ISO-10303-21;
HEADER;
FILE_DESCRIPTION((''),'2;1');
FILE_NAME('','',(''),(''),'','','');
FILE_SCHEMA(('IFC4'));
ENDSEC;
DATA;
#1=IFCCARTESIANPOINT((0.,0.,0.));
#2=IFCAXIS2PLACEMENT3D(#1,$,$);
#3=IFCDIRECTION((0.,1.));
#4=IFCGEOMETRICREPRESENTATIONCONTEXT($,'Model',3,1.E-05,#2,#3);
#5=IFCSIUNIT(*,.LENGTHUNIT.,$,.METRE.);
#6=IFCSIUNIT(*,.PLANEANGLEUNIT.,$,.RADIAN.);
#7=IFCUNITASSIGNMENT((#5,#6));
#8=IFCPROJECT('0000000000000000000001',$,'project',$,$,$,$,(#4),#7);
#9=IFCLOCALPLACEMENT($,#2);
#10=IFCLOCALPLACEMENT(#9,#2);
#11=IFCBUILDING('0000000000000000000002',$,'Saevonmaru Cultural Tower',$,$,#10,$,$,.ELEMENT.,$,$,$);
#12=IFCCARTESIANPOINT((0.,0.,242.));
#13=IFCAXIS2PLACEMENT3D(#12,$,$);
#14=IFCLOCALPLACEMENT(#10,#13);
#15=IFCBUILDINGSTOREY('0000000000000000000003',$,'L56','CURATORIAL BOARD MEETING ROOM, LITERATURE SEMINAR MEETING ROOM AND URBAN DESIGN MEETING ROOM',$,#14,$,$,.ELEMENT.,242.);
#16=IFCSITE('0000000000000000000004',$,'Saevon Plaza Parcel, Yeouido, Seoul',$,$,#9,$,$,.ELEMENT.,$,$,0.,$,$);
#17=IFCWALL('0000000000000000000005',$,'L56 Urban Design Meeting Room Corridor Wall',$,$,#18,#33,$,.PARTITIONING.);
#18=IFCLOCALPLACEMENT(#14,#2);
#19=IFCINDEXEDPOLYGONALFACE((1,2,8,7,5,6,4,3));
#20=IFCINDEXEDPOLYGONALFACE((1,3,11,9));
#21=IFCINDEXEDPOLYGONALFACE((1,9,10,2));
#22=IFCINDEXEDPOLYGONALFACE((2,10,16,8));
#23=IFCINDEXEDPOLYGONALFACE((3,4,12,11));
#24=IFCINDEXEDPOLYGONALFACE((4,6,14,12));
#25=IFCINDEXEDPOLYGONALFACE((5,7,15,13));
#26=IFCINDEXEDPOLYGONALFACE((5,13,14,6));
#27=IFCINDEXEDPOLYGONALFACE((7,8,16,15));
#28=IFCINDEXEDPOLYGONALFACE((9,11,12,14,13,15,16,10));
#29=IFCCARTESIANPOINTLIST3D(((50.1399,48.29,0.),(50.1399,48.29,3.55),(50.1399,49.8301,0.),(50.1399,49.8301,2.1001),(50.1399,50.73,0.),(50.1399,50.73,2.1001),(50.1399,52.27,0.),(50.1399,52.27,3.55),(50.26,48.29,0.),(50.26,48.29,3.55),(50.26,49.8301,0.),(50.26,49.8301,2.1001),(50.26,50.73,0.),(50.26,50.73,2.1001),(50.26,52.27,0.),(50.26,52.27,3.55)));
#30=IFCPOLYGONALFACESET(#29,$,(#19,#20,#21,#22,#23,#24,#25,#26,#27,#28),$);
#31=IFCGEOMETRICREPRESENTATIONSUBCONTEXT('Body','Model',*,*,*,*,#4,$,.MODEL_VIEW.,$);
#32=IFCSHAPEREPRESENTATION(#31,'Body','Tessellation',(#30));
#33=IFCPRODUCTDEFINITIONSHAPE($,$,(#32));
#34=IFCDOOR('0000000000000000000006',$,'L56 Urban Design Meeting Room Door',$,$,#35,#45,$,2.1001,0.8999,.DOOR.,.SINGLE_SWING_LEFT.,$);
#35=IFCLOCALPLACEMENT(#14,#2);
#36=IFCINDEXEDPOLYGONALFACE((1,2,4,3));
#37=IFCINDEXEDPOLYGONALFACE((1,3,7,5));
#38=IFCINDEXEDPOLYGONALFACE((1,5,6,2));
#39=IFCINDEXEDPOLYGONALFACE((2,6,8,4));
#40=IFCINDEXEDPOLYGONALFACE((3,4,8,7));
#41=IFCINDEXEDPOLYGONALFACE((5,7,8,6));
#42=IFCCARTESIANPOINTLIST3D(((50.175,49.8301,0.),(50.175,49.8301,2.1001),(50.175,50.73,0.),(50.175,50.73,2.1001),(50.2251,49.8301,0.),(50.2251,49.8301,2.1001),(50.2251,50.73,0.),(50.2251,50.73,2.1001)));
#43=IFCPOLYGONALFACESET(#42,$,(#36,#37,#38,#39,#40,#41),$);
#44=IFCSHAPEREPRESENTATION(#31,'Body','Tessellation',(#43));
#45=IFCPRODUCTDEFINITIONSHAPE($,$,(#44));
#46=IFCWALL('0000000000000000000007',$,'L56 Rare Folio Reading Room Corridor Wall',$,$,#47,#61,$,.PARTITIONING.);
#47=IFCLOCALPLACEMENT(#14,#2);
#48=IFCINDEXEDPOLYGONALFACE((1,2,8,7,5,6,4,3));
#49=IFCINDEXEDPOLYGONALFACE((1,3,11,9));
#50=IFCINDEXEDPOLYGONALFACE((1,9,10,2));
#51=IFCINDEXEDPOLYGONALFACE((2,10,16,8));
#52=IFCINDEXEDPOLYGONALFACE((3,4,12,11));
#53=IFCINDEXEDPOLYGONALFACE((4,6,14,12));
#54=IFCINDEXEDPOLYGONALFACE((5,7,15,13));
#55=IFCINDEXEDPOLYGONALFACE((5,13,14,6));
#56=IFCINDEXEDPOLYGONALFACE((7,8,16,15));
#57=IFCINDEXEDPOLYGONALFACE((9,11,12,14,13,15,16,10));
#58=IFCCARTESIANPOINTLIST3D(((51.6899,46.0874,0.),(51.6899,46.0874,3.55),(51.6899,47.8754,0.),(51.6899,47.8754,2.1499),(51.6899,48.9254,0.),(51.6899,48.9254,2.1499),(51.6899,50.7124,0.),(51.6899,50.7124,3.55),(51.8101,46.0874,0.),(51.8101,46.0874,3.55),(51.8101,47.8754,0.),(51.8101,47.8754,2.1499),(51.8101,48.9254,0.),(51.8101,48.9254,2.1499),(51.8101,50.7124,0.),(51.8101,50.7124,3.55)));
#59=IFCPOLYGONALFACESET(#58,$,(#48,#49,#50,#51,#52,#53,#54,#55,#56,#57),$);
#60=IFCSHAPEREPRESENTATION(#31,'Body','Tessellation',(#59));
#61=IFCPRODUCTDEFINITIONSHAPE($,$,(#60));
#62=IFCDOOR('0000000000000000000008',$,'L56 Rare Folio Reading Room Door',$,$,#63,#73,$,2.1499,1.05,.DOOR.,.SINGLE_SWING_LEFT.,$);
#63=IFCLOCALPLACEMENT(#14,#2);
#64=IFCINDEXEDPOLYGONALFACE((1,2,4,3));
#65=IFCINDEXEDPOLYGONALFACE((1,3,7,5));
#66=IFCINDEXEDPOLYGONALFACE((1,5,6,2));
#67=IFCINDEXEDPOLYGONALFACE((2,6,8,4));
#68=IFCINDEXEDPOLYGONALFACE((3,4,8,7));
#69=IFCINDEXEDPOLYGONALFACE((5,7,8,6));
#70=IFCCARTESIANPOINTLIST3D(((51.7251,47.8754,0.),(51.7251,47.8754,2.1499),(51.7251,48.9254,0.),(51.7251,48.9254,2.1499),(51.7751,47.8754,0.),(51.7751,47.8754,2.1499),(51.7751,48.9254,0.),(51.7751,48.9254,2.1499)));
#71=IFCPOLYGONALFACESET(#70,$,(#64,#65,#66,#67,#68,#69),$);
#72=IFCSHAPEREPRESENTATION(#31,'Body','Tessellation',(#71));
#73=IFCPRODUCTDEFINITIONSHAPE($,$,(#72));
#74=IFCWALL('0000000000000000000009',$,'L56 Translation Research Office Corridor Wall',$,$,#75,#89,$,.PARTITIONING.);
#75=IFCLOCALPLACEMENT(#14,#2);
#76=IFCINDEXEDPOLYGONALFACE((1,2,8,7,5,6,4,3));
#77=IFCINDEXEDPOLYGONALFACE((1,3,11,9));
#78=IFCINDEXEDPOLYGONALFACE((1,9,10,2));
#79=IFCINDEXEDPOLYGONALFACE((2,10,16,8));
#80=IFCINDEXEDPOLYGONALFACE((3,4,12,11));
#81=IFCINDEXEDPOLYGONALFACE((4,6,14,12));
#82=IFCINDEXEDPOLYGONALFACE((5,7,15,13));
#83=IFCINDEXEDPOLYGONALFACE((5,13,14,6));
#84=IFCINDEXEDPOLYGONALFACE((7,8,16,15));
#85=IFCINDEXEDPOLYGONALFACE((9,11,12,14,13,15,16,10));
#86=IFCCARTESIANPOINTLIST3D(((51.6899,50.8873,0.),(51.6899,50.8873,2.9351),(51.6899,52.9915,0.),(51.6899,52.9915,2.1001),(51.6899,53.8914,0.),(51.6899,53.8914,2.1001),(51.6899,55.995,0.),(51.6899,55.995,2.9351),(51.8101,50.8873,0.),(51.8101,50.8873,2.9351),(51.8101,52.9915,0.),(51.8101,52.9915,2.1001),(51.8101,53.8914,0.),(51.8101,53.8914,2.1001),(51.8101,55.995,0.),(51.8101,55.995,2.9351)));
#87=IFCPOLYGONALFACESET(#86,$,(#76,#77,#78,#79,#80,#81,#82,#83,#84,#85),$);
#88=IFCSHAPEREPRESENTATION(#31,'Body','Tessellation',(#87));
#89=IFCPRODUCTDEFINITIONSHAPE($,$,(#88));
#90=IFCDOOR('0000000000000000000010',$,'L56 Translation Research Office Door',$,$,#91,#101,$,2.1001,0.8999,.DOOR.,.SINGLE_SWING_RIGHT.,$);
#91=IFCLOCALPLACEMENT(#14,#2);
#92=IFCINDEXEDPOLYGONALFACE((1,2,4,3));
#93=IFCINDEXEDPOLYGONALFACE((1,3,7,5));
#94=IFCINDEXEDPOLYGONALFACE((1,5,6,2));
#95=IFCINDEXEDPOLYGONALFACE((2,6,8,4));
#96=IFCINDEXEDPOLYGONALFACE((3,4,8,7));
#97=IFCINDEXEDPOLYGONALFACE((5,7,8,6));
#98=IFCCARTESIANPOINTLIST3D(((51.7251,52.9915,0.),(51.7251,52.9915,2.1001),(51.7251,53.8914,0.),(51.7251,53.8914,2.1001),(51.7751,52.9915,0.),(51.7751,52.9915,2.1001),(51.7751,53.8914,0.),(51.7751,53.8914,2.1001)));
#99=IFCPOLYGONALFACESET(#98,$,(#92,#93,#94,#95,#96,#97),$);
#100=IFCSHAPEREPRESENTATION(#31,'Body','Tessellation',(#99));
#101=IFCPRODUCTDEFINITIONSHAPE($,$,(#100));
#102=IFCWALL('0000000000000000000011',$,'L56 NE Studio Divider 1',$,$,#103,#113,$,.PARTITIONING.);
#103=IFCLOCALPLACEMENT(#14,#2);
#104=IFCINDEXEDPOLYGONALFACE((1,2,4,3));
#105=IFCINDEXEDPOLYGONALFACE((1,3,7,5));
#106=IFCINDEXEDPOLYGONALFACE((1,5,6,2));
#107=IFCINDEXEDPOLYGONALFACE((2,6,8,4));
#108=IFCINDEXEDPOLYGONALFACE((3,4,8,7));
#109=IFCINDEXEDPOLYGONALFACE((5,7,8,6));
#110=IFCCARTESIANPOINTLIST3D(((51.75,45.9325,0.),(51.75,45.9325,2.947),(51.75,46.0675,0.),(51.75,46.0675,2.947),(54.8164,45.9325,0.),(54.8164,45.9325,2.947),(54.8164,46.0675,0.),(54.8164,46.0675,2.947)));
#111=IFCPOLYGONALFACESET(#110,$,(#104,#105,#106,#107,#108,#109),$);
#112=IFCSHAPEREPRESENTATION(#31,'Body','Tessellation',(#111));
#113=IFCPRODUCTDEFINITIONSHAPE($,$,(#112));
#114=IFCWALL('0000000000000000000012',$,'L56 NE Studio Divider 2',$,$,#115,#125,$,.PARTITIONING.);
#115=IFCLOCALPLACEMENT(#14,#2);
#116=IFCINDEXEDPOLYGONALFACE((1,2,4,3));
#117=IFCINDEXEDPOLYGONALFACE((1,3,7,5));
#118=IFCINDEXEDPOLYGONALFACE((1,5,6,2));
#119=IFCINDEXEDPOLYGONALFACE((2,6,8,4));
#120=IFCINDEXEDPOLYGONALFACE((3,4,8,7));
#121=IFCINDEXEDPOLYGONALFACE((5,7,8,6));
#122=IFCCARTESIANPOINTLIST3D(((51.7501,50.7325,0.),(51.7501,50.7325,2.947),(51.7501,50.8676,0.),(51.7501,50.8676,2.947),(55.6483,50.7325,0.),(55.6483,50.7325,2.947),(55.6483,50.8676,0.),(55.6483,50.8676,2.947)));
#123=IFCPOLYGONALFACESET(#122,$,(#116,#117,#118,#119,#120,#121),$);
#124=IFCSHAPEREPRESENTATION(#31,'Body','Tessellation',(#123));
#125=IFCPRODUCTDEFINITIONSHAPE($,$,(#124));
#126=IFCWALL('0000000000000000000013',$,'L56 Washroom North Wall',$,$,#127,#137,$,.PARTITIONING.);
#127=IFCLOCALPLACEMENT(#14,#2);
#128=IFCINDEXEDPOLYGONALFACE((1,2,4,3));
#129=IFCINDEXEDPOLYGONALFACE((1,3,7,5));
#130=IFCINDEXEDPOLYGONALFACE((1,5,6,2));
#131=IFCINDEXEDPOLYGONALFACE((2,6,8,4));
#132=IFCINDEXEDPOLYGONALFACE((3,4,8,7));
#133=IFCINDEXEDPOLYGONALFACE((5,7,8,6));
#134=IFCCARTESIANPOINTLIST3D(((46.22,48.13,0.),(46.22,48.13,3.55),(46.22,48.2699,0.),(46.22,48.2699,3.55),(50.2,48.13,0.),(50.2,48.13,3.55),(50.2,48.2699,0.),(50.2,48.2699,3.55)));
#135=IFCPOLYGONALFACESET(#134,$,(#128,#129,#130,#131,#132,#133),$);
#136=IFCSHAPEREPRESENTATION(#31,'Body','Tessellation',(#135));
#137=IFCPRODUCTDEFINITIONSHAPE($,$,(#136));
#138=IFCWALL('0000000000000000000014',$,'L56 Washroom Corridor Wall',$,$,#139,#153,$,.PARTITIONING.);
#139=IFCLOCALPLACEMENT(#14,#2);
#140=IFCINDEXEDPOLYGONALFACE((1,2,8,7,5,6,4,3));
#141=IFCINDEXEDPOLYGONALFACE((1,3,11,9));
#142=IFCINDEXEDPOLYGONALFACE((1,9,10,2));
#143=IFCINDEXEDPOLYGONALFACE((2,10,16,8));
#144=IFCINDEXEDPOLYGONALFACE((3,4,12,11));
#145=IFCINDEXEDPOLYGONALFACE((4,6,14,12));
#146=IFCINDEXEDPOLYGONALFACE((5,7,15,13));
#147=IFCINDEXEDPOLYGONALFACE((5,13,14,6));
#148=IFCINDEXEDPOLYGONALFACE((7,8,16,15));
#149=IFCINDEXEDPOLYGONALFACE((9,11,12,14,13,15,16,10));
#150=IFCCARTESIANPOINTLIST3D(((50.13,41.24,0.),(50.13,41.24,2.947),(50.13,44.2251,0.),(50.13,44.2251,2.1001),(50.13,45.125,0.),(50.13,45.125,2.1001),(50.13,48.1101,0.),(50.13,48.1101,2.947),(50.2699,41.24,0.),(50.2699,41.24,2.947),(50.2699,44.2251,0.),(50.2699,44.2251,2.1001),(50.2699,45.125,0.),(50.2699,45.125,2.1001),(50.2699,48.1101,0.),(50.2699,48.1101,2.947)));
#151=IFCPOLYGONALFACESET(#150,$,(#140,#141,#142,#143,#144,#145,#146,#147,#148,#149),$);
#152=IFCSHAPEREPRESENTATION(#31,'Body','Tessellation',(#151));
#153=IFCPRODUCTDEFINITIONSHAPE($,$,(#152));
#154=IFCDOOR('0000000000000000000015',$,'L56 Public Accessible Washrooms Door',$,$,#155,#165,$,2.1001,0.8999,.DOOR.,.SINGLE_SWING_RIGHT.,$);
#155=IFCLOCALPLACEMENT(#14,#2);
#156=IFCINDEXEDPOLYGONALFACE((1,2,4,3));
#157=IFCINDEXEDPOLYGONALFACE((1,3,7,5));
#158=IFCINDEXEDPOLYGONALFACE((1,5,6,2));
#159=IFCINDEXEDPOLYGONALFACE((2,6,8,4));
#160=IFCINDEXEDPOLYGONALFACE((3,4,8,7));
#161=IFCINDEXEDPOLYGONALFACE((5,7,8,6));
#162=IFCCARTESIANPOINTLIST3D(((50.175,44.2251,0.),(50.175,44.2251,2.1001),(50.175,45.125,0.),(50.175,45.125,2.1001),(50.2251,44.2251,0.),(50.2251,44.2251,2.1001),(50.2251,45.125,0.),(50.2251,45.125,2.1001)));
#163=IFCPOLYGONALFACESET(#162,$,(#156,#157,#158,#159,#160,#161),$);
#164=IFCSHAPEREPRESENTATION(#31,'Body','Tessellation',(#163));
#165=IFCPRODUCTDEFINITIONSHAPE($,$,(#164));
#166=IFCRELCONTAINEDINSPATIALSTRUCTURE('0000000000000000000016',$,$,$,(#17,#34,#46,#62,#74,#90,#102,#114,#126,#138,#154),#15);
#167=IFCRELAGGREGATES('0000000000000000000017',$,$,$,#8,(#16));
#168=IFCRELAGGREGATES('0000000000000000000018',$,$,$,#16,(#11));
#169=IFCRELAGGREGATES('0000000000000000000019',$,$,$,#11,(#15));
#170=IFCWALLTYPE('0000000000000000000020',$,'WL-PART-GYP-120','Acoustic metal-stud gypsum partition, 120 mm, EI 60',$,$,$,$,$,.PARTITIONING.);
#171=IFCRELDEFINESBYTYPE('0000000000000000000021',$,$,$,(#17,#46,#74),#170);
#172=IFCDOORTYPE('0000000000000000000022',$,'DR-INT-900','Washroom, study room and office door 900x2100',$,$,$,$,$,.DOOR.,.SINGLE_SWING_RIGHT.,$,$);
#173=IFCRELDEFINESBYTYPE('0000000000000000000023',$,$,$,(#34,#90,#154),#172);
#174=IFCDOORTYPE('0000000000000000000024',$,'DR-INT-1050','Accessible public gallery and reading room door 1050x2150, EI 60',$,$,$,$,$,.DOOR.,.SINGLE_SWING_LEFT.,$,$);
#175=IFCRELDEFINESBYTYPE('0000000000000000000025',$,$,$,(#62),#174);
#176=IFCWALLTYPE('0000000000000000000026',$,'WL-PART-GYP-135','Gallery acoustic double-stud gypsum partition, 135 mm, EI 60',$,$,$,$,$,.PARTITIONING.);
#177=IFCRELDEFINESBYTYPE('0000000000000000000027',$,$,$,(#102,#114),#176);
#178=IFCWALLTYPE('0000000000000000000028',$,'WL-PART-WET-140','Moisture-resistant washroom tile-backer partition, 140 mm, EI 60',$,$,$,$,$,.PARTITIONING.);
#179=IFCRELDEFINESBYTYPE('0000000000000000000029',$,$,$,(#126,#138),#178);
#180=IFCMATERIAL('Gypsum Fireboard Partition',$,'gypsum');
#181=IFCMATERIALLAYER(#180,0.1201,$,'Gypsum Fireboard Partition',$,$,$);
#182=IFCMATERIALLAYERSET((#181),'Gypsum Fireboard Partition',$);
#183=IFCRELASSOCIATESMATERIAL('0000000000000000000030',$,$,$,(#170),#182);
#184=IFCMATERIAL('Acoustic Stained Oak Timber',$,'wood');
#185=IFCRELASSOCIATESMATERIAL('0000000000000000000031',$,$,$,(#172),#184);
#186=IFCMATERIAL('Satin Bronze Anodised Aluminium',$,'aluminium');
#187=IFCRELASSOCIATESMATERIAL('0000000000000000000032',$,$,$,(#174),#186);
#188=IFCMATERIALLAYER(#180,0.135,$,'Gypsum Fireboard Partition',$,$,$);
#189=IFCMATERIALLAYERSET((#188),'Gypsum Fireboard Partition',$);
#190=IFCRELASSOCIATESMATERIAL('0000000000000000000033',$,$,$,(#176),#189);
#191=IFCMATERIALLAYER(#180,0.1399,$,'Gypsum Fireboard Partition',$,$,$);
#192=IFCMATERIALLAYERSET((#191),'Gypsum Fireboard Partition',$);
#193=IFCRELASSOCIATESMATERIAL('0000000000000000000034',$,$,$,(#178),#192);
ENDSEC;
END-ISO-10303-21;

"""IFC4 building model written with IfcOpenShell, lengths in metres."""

from ifc_helpers import new_model, si_unit, direction, frame, frame_2d, origin, place, context, subcontext, project, spatial, rectangle, extrude, material, layer, layer_set, type_object, element, fill, save


model = new_model("IFC4")

# Units and contexts
model_context = context("Model", 3, precision=1e-05, world=origin(), true_north=direction((0.0, 1.0)))
body_context = subcontext(model_context, "Body", "Model", "MODEL_VIEW")
ifc_project = project(units=[si_unit("LENGTHUNIT", "METRE"), si_unit("PLANEANGLEUNIT", "RADIAN")], contexts=[model_context])

# Site, building, storey
site_placement = place(None, origin())
site = spatial("IfcSite", under=ifc_project, at=site_placement, Name="Saevon Plaza Parcel, Yeouido, Seoul", CompositionType="ELEMENT", RefElevation=0.0)
building_placement = place(site_placement, origin())
building = spatial("IfcBuilding", under=site, at=building_placement, Name="Saevonmaru Cultural Tower", CompositionType="ELEMENT")
storey_placement = place(building_placement, frame((0.0, 0.0, 242.0)))
storey = spatial("IfcBuildingStorey", under=building, at=storey_placement, Name="L56", Description="CURATORIAL BOARD MEETING ROOM, LITERATURE SEMINAR MEETING ROOM AND URBAN DESIGN MEETING ROOM", CompositionType="ELEMENT", Elevation=242.0)

# Shared definitions
ifc_material_1 = material(Name="Satin Bronze Anodised Aluminium", Category="aluminium")

# Shared definitions
ifc_material_2 = material(Name="Gypsum Fireboard Partition", Category="gypsum")
ifc_layer_1 = layer(ifc_material_2, 0.1201, Name="Gypsum Fireboard Partition")
ifc_layer_set_1 = layer_set([ifc_layer_1], Name="Gypsum Fireboard Partition")
wall_type_1 = type_object("IfcWallType", Name="WL-PART-GYP-120", Description="Acoustic metal-stud gypsum partition, 120 mm, EI 60", PredefinedType="PARTITIONING", material=ifc_layer_set_1)

# Walls, openings, doors
wall_1_placement = place(storey_placement, frame((50.2, 48.29, 0.0), z_axis=(0.0, 0.0, 1.0), x_axis=(0.0, 1.0, 0.0)))
wall_1 = element("IfcWall", 1, at=wall_1_placement, inside=storey, type_object=wall_type_1, Name="L56 Urban Design Meeting Room Corridor Wall", PredefinedType="PARTITIONING", context=body_context, shape_type="SweptSolid", body=[
    extrude(rectangle(XDim=3.98, YDim=0.1201, at=frame_2d((1.99, 0.0))), origin(), (0.0, 0.0, 1.0), 3.55),
])
opening_1_placement = place(wall_1_placement, frame((1.54, 0.0, 0.0)))
opening_1 = element("IfcOpeningElement", 2, at=opening_1_placement, cuts=wall_1, PredefinedType="OPENING", context=body_context, shape_type="SweptSolid", body=[
    extrude(rectangle(XDim=0.8999, YDim=2.1001, at=frame_2d((0.45, 1.05))), frame((0.0, 0.0701, 0.0), z_axis=(0.0, -1.0, 0.0), x_axis=(1.0, 0.0, 0.0)), (0.0, 0.0, 1.0), 0.1401),
])
ifc_material_3 = material(Name="Acoustic Stained Oak Timber", Category="wood")
door_type_1 = type_object("IfcDoorType", Name="DR-INT-900", Description="Washroom, study room and office door 900x2100", OperationType="SINGLE_SWING_RIGHT", PredefinedType="DOOR", material=ifc_material_3)
door_1_placement = place(opening_1_placement, origin())
door_1 = element("IfcDoor", 3, at=door_1_placement, inside=storey, type_object=door_type_1, Name="L56 Urban Design Meeting Room Door", OperationType="SINGLE_SWING_LEFT", OverallHeight=2.1001, OverallWidth=0.8999, PredefinedType="DOOR", context=body_context, shape_type="SweptSolid", body=[
    extrude(rectangle(XDim=0.8999, YDim=2.1001, at=frame_2d((0.45, 1.05))), frame((0.0, 0.0249, 0.0), z_axis=(0.0, -1.0, 0.0), x_axis=(1.0, 0.0, 0.0)), (0.0, 0.0, 1.0), 0.05),
])
fill(opening_1, door_1)
wall_2_placement = place(storey_placement, frame((51.75, 46.0874, 0.0), z_axis=(0.0, 0.0, 1.0), x_axis=(0.0, 1.0, 0.0)))
wall_2 = element("IfcWall", 4, at=wall_2_placement, inside=storey, type_object=wall_type_1, Name="L56 Rare Folio Reading Room Corridor Wall", PredefinedType="PARTITIONING", context=body_context, shape_type="SweptSolid", body=[
    extrude(rectangle(XDim=4.625, YDim=0.1201, at=frame_2d((2.3125, 0.0))), origin(), (0.0, 0.0, 1.0), 3.55),
])
opening_2_placement = place(wall_2_placement, frame((1.7881, 0.0, 0.0)))
opening_2 = element("IfcOpeningElement", 5, at=opening_2_placement, cuts=wall_2, PredefinedType="OPENING", context=body_context, shape_type="SweptSolid", body=[
    extrude(rectangle(XDim=1.05, YDim=2.1499, at=frame_2d((0.5249, 1.075))), frame((0.0, 0.0701, 0.0), z_axis=(0.0, -1.0, 0.0), x_axis=(1.0, 0.0, 0.0)), (0.0, 0.0, 1.0), 0.1401),
])
door_type_2 = type_object("IfcDoorType", Name="DR-INT-1050", Description="Accessible public gallery and reading room door 1050x2150, EI 60", OperationType="SINGLE_SWING_LEFT", PredefinedType="DOOR", material=ifc_material_1)
door_2_placement = place(opening_2_placement, origin())
door_2 = element("IfcDoor", 6, at=door_2_placement, inside=storey, type_object=door_type_2, Name="L56 Rare Folio Reading Room Door", OperationType="SINGLE_SWING_LEFT", OverallHeight=2.1499, OverallWidth=1.05, PredefinedType="DOOR", context=body_context, shape_type="SweptSolid", body=[
    extrude(rectangle(XDim=1.05, YDim=2.1499, at=frame_2d((0.5249, 1.075))), frame((0.0, 0.0249, 0.0), z_axis=(0.0, -1.0, 0.0), x_axis=(1.0, 0.0, 0.0)), (0.0, 0.0, 1.0), 0.05),
])
fill(opening_2, door_2)
wall_3_placement = place(storey_placement, frame((51.75, 50.8875, 0.0), z_axis=(0.0, 0.0, 1.0), x_axis=(0.0, 1.0, 0.0)))
wall_3 = element("IfcWall", 7, at=wall_3_placement, inside=storey, type_object=wall_type_1, Name="L56 Translation Research Office Corridor Wall", PredefinedType="PARTITIONING", context=body_context, shape_type="SweptSolid", body=[
    extrude(rectangle(XDim=5.1077, YDim=0.1201, at=frame_2d((2.5537, 0.0))), origin(), (0.0, 0.0, 1.0), 2.9351),
])
opening_3_placement = place(wall_3_placement, frame((2.104, 0.0, 0.0)))
opening_3 = element("IfcOpeningElement", 8, at=opening_3_placement, cuts=wall_3, PredefinedType="OPENING", context=body_context, shape_type="SweptSolid", body=[
    extrude(rectangle(XDim=0.8999, YDim=2.1001, at=frame_2d((0.45, 1.05))), frame((0.0, 0.0701, 0.0), z_axis=(0.0, -1.0, 0.0), x_axis=(1.0, 0.0, 0.0)), (0.0, 0.0, 1.0), 0.1401),
])
door_3_placement = place(opening_3_placement, origin())
door_3 = element("IfcDoor", 9, at=door_3_placement, inside=storey, type_object=door_type_1, Name="L56 Translation Research Office Door", OperationType="SINGLE_SWING_RIGHT", OverallHeight=2.1001, OverallWidth=0.8999, PredefinedType="DOOR", context=body_context, shape_type="SweptSolid", body=[
    extrude(rectangle(XDim=0.8999, YDim=2.1001, at=frame_2d((0.45, 1.05))), frame((0.0, 0.0249, 0.0), z_axis=(0.0, -1.0, 0.0), x_axis=(1.0, 0.0, 0.0)), (0.0, 0.0, 1.0), 0.05),
])
fill(opening_3, door_3)

# Walls
ifc_layer_2 = layer(ifc_material_2, 0.135, Name="Gypsum Fireboard Partition")
ifc_layer_set_2 = layer_set([ifc_layer_2], Name="Gypsum Fireboard Partition")
wall_type_2 = type_object("IfcWallType", Name="WL-PART-GYP-135", Description="Gallery acoustic double-stud gypsum partition, 135 mm, EI 60", PredefinedType="PARTITIONING", material=ifc_layer_set_2)
wall_4_placement = place(storey_placement, frame((51.75, 46.0, 0.0), z_axis=(0.0, 0.0, 1.0), x_axis=(1.0, 0.0, 0.0)))
element("IfcWall", 10, at=wall_4_placement, inside=storey, type_object=wall_type_2, Name="L56 NE Studio Divider 1", PredefinedType="PARTITIONING", context=body_context, shape_type="SweptSolid", body=[
    extrude(rectangle(XDim=3.0664, YDim=0.135, at=frame_2d((1.5332, 0.0))), origin(), (0.0, 0.0, 1.0), 2.947),
])
wall_5_placement = place(storey_placement, frame((51.75, 50.8, 0.0), z_axis=(0.0, 0.0, 1.0), x_axis=(1.0, 0.0, 0.0)))
element("IfcWall", 11, at=wall_5_placement, inside=storey, type_object=wall_type_2, Name="L56 NE Studio Divider 2", PredefinedType="PARTITIONING", context=body_context, shape_type="SweptSolid", body=[
    extrude(rectangle(XDim=3.8982, YDim=0.135, at=frame_2d((1.9492, 0.0))), origin(), (0.0, 0.0, 1.0), 2.947),
])
ifc_layer_3 = layer(ifc_material_2, 0.1399, Name="Gypsum Fireboard Partition")
ifc_layer_set_3 = layer_set([ifc_layer_3], Name="Gypsum Fireboard Partition")
wall_type_3 = type_object("IfcWallType", Name="WL-PART-WET-140", Description="Moisture-resistant washroom tile-backer partition, 140 mm, EI 60", PredefinedType="PARTITIONING", material=ifc_layer_set_3)
wall_6_placement = place(storey_placement, frame((46.22, 48.2, 0.0), z_axis=(0.0, 0.0, 1.0), x_axis=(1.0, 0.0, 0.0)))
element("IfcWall", 12, at=wall_6_placement, inside=storey, type_object=wall_type_3, Name="L56 Washroom North Wall", PredefinedType="PARTITIONING", context=body_context, shape_type="SweptSolid", body=[
    extrude(rectangle(XDim=3.98, YDim=0.1399, at=frame_2d((1.99, 0.0))), origin(), (0.0, 0.0, 1.0), 3.55),
])

# Wall, opening, door
wall_7_placement = place(storey_placement, frame((50.2, 41.24, 0.0), z_axis=(0.0, 0.0, 1.0), x_axis=(0.0, 1.0, 0.0)))
wall_7 = element("IfcWall", 13, at=wall_7_placement, inside=storey, type_object=wall_type_3, Name="L56 Washroom Corridor Wall", PredefinedType="PARTITIONING", context=body_context, shape_type="SweptSolid", body=[
    extrude(rectangle(XDim=6.8701, YDim=0.1399, at=frame_2d((3.4351, 0.0))), origin(), (0.0, 0.0, 1.0), 2.947),
])
opening_4_placement = place(wall_7_placement, frame((2.9851, 0.0, 0.0)))
opening_4 = element("IfcOpeningElement", 14, at=opening_4_placement, cuts=wall_7, PredefinedType="OPENING", context=body_context, shape_type="SweptSolid", body=[
    extrude(rectangle(XDim=0.8999, YDim=2.1001, at=frame_2d((0.45, 1.05))), frame((0.0, 0.0801, 0.0), z_axis=(0.0, -1.0, 0.0), x_axis=(1.0, 0.0, 0.0)), (0.0, 0.0, 1.0), 0.1599),
])
door_4_placement = place(opening_4_placement, origin())
door_4 = element("IfcDoor", 15, at=door_4_placement, inside=storey, type_object=door_type_1, Name="L56 Public Accessible Washrooms Door", OperationType="SINGLE_SWING_RIGHT", OverallHeight=2.1001, OverallWidth=0.8999, PredefinedType="DOOR", context=body_context, shape_type="SweptSolid", body=[
    extrude(rectangle(XDim=0.8999, YDim=2.1001, at=frame_2d((0.45, 1.05))), frame((0.0, 0.0249, 0.0), z_axis=(0.0, -1.0, 0.0), x_axis=(1.0, 0.0, 0.0)), (0.0, 0.0, 1.0), 0.05),
])
fill(opening_4, door_4)

save(model, "model.ifc")
